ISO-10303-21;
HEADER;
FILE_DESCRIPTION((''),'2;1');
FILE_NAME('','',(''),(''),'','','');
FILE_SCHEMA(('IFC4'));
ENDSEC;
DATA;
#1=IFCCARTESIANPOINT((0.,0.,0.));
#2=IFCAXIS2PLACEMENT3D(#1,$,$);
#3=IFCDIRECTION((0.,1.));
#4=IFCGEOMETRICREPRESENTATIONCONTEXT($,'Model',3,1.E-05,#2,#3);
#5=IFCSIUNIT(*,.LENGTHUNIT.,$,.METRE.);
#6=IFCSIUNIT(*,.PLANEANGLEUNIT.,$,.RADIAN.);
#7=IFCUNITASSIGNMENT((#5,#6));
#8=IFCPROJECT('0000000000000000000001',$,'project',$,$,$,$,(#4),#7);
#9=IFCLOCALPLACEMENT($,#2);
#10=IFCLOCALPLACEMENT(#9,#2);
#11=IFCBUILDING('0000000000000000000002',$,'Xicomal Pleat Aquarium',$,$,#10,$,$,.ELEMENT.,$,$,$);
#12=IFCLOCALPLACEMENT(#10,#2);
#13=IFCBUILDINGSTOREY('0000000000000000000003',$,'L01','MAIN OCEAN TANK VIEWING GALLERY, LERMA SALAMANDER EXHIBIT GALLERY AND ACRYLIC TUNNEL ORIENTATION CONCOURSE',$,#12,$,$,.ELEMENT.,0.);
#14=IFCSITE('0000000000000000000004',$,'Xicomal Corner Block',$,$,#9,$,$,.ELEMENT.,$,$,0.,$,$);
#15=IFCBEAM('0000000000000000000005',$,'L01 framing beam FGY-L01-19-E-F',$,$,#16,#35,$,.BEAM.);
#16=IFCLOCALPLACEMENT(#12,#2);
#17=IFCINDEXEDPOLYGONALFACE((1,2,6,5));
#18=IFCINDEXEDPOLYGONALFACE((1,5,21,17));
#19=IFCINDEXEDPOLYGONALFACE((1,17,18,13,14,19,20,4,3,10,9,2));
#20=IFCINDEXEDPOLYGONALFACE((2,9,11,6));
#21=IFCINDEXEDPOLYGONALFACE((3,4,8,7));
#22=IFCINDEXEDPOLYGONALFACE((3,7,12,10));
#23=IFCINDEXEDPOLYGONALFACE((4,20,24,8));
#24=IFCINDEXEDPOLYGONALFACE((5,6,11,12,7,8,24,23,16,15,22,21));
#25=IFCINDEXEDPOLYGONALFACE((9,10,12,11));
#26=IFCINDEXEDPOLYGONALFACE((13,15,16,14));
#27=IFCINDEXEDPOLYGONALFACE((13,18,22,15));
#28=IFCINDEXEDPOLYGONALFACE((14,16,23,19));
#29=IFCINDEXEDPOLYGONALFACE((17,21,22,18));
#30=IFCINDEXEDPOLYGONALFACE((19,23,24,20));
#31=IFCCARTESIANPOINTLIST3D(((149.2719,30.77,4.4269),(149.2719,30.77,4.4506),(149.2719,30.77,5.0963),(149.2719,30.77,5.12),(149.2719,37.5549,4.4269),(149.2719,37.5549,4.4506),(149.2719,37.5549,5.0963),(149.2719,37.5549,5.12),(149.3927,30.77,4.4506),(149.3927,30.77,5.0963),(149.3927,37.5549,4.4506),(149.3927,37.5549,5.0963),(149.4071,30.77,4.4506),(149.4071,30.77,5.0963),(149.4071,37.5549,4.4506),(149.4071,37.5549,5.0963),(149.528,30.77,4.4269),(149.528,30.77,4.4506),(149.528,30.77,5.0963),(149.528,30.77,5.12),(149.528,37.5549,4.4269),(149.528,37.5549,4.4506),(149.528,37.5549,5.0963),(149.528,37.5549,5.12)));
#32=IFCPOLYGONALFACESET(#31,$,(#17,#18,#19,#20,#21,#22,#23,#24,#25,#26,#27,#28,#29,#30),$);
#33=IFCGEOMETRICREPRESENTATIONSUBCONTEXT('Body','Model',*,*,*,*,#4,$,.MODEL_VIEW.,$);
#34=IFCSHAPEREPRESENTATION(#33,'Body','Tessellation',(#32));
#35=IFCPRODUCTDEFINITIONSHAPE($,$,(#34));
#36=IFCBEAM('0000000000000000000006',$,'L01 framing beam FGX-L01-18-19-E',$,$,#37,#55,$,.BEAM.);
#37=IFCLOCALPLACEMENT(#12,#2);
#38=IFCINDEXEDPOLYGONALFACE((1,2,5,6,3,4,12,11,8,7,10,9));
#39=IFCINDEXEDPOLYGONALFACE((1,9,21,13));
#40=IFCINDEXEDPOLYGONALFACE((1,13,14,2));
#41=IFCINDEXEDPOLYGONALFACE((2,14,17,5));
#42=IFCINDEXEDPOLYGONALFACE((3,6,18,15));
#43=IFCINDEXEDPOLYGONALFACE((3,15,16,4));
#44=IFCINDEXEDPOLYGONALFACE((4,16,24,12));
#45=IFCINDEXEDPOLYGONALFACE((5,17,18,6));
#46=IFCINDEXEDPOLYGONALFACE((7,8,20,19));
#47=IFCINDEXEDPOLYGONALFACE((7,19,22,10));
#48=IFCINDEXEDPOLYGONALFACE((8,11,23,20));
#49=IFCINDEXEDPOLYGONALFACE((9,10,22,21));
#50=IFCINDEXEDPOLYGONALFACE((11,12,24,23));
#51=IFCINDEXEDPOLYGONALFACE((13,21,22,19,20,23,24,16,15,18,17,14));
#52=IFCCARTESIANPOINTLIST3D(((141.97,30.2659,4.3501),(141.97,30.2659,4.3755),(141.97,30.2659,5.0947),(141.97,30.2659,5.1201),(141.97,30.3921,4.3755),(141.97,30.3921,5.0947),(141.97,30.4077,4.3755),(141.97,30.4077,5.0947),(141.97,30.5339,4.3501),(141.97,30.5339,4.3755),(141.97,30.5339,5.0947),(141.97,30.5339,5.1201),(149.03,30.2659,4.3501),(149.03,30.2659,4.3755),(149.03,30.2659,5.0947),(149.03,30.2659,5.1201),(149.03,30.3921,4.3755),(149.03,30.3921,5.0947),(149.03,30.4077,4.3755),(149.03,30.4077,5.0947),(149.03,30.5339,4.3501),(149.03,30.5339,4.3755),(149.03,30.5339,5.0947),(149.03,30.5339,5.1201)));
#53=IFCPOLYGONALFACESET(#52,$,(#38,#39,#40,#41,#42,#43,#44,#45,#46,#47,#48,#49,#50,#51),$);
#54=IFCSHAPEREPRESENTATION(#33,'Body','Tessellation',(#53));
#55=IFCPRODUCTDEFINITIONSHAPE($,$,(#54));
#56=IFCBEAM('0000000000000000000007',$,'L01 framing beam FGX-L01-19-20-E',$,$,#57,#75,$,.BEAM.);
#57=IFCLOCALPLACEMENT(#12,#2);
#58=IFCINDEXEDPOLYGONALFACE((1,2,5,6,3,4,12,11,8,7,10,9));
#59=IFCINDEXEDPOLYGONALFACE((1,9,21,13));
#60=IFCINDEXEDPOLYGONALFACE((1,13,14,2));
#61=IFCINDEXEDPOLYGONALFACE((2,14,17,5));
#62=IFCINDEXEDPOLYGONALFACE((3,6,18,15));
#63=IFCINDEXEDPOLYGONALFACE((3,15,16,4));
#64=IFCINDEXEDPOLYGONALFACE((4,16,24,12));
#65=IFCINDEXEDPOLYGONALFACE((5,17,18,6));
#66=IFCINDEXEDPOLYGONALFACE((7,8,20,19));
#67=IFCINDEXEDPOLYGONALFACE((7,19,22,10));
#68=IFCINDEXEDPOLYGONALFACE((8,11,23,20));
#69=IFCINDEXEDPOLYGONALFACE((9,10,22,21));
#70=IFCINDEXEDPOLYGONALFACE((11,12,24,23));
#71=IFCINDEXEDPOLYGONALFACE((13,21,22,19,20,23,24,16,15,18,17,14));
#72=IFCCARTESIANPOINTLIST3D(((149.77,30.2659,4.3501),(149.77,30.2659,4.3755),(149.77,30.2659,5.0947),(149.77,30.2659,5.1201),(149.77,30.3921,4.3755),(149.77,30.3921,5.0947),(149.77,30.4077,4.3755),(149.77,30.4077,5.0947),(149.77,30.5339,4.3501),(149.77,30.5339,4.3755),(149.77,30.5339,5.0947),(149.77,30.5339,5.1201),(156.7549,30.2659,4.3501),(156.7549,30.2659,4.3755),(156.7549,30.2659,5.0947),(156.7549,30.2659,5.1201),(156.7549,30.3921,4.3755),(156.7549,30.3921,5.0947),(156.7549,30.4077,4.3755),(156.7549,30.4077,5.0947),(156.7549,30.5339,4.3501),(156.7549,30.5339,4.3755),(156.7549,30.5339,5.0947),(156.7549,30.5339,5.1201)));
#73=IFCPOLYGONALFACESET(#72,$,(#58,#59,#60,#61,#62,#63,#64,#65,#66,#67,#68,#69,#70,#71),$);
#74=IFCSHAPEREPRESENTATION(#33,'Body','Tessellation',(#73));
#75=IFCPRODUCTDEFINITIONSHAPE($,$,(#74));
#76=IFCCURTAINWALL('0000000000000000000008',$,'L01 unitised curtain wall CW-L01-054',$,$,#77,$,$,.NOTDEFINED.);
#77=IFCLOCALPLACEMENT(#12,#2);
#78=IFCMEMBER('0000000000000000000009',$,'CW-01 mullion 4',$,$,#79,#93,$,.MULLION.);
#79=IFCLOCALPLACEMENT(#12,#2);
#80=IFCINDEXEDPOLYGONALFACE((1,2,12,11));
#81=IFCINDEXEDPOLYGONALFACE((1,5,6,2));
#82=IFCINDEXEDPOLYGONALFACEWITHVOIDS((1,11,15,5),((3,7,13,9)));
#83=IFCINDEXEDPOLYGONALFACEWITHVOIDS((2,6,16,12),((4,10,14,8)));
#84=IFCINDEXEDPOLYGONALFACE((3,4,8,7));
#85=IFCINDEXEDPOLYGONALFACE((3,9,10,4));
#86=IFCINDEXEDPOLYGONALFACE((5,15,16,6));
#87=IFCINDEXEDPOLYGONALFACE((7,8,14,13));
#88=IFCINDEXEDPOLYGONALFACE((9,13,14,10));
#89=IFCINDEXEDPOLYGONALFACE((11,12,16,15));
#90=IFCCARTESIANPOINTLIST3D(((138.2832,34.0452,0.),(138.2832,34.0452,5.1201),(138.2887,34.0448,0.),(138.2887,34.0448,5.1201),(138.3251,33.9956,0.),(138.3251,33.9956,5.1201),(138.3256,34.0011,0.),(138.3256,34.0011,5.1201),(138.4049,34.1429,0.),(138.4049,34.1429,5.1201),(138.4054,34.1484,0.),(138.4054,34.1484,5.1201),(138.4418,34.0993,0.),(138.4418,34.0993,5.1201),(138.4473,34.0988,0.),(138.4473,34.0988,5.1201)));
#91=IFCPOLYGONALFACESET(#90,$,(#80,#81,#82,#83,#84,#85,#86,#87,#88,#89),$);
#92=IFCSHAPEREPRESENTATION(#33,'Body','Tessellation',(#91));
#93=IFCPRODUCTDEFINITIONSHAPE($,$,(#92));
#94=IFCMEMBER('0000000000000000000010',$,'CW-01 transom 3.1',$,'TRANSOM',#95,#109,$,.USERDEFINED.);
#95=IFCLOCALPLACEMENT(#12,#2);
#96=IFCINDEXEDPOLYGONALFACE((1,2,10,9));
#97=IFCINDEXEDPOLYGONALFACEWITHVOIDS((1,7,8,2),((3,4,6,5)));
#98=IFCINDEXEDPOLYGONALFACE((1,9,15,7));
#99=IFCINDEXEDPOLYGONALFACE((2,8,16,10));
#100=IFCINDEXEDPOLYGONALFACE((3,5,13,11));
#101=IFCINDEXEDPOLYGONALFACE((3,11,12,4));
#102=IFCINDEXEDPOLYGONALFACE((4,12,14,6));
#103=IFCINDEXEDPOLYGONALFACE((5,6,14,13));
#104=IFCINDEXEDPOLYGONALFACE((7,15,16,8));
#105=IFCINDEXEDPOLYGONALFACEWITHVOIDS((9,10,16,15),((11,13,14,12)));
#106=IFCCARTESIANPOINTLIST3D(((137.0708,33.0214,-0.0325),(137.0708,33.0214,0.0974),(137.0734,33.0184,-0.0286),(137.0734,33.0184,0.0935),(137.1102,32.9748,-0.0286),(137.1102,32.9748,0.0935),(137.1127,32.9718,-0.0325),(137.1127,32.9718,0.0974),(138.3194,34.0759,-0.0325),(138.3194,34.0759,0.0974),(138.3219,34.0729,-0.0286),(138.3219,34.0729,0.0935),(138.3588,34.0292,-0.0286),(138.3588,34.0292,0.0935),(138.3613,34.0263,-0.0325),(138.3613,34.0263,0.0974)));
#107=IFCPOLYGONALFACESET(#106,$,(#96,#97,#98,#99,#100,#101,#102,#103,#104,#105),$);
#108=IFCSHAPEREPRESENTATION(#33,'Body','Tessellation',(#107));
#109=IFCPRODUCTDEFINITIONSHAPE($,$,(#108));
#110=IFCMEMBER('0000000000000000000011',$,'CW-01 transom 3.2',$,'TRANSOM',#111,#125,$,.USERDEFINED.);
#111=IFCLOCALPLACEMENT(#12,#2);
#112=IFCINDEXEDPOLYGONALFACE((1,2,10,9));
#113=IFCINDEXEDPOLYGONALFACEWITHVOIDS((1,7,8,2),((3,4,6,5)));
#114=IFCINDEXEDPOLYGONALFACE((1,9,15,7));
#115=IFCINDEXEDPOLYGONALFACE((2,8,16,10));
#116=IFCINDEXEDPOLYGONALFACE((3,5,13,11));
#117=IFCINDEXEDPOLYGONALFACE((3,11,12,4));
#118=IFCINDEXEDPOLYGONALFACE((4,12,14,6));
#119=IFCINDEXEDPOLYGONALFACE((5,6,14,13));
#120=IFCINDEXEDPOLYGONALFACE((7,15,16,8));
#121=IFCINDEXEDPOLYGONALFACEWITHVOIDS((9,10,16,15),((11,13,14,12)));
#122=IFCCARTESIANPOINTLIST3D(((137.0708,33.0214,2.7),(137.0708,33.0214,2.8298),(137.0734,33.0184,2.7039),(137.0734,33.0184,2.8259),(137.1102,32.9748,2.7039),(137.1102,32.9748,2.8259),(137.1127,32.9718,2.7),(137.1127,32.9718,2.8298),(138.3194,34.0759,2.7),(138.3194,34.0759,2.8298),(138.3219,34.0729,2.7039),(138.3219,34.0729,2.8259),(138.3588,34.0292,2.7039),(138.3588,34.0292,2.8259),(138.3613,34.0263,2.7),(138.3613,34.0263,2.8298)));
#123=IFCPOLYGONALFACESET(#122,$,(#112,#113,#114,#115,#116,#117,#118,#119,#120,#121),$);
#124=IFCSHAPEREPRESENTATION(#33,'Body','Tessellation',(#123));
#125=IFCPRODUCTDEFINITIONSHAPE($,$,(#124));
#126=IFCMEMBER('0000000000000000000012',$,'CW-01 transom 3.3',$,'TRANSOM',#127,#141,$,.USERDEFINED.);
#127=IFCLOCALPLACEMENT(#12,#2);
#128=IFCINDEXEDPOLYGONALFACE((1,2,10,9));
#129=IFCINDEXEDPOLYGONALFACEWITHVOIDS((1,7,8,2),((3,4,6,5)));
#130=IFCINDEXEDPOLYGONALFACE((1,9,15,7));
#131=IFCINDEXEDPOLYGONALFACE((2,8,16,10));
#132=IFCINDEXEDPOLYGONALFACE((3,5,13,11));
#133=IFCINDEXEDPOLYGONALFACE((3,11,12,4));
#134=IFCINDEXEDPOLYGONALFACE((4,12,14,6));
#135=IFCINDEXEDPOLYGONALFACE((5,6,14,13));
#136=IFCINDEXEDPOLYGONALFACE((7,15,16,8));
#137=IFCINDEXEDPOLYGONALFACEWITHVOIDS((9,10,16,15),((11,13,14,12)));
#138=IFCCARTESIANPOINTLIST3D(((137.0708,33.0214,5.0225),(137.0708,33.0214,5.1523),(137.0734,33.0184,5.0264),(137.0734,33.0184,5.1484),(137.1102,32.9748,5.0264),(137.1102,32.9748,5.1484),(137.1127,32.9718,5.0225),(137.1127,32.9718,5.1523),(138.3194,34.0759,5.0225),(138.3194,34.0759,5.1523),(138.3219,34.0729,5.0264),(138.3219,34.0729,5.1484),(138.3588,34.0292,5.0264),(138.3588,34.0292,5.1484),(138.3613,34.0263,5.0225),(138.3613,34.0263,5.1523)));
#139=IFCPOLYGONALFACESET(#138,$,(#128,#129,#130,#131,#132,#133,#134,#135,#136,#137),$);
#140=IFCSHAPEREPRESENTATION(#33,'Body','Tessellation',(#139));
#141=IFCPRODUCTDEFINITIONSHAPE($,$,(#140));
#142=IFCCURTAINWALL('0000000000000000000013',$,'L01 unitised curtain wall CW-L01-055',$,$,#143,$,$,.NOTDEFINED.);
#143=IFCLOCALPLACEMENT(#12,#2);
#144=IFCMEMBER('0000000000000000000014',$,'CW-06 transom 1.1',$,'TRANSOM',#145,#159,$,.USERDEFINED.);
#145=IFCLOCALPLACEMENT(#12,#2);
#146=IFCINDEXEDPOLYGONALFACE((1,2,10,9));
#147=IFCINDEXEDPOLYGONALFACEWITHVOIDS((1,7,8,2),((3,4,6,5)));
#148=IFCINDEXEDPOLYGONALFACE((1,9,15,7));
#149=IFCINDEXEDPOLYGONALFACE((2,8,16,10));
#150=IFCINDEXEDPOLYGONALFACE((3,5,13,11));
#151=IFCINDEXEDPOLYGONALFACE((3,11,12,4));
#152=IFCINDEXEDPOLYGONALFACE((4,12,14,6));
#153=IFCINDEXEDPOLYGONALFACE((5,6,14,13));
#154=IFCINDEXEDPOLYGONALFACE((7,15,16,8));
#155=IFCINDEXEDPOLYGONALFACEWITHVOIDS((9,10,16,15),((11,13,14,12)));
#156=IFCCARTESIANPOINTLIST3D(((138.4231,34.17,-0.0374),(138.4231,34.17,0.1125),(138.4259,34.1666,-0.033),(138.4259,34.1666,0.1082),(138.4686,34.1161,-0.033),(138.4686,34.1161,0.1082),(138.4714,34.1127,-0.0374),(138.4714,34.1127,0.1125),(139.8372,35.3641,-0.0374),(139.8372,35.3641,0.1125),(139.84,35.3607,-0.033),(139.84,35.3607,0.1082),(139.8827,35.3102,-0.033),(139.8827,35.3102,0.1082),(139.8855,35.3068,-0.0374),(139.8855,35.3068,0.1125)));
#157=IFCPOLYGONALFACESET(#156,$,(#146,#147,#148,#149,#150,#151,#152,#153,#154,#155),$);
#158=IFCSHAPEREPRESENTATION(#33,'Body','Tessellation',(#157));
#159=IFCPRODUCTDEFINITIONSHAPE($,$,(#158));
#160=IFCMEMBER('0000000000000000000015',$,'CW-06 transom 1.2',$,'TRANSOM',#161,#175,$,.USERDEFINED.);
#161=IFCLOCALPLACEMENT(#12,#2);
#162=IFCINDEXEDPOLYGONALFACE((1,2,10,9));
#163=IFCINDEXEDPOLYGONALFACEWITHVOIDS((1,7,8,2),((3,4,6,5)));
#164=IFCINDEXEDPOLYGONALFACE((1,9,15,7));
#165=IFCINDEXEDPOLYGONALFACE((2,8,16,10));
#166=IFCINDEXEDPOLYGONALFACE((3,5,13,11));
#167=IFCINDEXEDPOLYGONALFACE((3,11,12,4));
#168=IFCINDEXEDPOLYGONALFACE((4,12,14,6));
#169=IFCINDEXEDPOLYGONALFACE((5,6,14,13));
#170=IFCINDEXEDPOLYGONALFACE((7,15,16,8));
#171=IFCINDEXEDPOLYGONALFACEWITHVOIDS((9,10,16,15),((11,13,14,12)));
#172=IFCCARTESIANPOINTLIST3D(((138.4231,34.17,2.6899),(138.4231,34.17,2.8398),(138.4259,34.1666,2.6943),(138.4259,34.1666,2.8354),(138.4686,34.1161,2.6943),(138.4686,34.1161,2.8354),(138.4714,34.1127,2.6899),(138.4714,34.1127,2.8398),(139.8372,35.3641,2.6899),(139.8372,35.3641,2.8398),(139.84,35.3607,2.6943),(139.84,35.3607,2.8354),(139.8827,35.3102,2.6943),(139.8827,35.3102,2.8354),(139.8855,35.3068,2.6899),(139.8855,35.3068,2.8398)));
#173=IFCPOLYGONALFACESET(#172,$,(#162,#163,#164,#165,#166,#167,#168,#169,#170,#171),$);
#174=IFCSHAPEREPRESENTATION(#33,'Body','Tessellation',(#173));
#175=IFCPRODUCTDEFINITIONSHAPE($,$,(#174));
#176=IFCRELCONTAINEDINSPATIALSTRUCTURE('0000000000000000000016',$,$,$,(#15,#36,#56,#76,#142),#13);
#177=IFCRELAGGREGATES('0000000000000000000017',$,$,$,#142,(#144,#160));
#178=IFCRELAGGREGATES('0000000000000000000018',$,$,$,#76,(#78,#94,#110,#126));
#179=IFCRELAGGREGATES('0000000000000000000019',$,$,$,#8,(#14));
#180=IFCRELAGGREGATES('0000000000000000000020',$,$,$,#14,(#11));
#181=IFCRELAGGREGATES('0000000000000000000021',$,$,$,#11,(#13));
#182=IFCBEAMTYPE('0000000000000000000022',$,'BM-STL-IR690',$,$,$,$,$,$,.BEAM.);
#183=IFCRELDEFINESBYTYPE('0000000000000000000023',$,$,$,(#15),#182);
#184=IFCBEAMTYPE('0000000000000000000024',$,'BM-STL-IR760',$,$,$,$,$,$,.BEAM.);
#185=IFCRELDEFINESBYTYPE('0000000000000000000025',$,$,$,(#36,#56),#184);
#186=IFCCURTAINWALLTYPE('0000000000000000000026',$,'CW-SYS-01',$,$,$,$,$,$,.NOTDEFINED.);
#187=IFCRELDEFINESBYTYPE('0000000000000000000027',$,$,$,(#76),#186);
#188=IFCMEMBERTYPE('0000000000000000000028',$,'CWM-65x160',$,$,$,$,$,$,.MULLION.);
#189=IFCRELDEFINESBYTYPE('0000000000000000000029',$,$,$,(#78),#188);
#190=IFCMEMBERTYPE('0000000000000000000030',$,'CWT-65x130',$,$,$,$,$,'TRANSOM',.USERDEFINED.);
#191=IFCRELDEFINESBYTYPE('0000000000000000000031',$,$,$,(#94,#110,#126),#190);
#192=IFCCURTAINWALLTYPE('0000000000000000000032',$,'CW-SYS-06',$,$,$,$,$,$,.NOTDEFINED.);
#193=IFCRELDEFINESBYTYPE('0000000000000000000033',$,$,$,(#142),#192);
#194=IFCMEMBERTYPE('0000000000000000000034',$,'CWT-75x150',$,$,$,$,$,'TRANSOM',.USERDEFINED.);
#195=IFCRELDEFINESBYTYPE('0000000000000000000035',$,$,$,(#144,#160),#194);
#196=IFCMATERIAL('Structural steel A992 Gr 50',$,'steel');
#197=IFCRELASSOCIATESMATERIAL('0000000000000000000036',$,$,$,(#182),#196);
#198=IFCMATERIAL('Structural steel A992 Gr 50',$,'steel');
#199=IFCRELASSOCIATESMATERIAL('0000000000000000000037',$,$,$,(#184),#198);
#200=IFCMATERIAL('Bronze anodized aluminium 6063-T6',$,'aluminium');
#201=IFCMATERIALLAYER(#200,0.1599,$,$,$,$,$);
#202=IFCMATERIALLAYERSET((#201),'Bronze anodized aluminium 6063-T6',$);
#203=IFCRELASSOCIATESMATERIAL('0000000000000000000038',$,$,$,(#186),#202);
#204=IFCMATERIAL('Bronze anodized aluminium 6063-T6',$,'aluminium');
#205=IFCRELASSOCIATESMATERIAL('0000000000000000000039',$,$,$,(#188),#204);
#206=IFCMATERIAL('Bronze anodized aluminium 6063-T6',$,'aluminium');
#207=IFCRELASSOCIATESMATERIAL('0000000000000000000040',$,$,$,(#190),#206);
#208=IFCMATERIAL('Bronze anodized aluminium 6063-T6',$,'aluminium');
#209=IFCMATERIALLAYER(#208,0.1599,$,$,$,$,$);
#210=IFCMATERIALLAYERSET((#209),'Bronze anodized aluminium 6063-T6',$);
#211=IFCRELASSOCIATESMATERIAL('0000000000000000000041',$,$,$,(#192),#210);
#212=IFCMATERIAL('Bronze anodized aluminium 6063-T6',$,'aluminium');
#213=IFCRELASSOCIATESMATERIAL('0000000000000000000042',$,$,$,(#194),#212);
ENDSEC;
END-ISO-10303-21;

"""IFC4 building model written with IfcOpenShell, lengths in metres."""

from ifc_helpers import new_model, si_unit, direction, frame, origin, origin_2d, place, context, subcontext, project, spatial, hollow_rectangle, i_section, extrude, material, layer, layer_set, material_profile, profile_set, type_object, element, aggregate, save


model = new_model("IFC4")

# Units and contexts
model_context = context("Model", 3, precision=1e-05, world=origin(), true_north=direction((0.0, 1.0)))
body_context = subcontext(model_context, "Body", "Model", "MODEL_VIEW")
ifc_project = project(units=[si_unit("LENGTHUNIT", "METRE"), si_unit("PLANEANGLEUNIT", "RADIAN")], contexts=[model_context])

# Site, building, storey
site_placement = place(None, origin())
site = spatial("IfcSite", under=ifc_project, at=site_placement, Name="Xicomal Corner Block", CompositionType="ELEMENT", RefElevation=0.0)
building_placement = place(site_placement, origin())
building = spatial("IfcBuilding", under=site, at=building_placement, Name="Xicomal Pleat Aquarium", CompositionType="ELEMENT")
storey_placement = place(building_placement, origin())
storey = spatial("IfcBuildingStorey", under=building, at=storey_placement, Name="L01", Description="MAIN OCEAN TANK VIEWING GALLERY, LERMA SALAMANDER EXHIBIT GALLERY AND ACRYLIC TUNNEL ORIENTATION CONCOURSE", CompositionType="ELEMENT", Elevation=0.0)

# Beams
ifc_material_1 = material(Name="Structural steel A992 Gr 50", Category="steel")
ifc_material_profile_1 = material_profile(ifc_material_1, i_section(OverallWidth=0.2561, OverallDepth=0.6931, WebThickness=0.0144, FlangeThickness=0.0237, at=origin_2d()), Name="IR 690x170")
ifc_profile_set_1 = profile_set([ifc_material_profile_1], Name="Structural steel A992 Gr 50")
beam_type_1 = type_object("IfcBeamType", Name="BM-STL-IR690", PredefinedType="BEAM", material=ifc_profile_set_1)
for number, where, z_axis, x_axis, name in (
    (1, (149.3999, 30.77, 4.7734), (0.0, 1.0, 0.0), (-1.0, 0.0, 0.0), "L01 framing beam FGY-L01-19-E-F"),
):
    element("IfcBeam", number, at=place(storey_placement, frame(where, z_axis=z_axis, x_axis=x_axis)), inside=storey, type_object=beam_type_1, Name=name, PredefinedType="BEAM", context=body_context, shape_type="SweptSolid", body=[
        extrude(i_section(OverallWidth=0.2561, OverallDepth=0.6931, WebThickness=0.0144, FlangeThickness=0.0237, at=origin_2d()), origin(), (0.0, 0.0, 1.0), 6.7849),
    ])
ifc_material_2 = material(Name="Structural steel A992 Gr 50", Category="steel")
ifc_material_profile_2 = material_profile(ifc_material_2, i_section(OverallWidth=0.2681, OverallDepth=0.77, WebThickness=0.0156, FlangeThickness=0.0254, at=origin_2d()), Name="IR 760x196")
ifc_profile_set_2 = profile_set([ifc_material_profile_2], Name="Structural steel A992 Gr 50")
beam_type_2 = type_object("IfcBeamType", Name="BM-STL-IR760", PredefinedType="BEAM", material=ifc_profile_set_2)
beam_1_placement = place(storey_placement, frame((141.97, 30.3999, 4.7351), z_axis=(1.0, 0.0, 0.0), x_axis=(0.0, 1.0, 0.0)))
element("IfcBeam", 2, at=beam_1_placement, inside=storey, type_object=beam_type_2, Name="L01 framing beam FGX-L01-18-19-E", PredefinedType="BEAM", context=body_context, shape_type="SweptSolid", body=[
    extrude(i_section(OverallWidth=0.2681, OverallDepth=0.77, WebThickness=0.0156, FlangeThickness=0.0254, at=origin_2d()), origin(), (0.0, 0.0, 1.0), 7.0601),
])
beam_2_placement = place(storey_placement, frame((149.77, 30.3999, 4.7351), z_axis=(1.0, 0.0, 0.0), x_axis=(0.0, 1.0, 0.0)))
element("IfcBeam", 3, at=beam_2_placement, inside=storey, type_object=beam_type_2, Name="L01 framing beam FGX-L01-19-20-E", PredefinedType="BEAM", context=body_context, shape_type="SweptSolid", body=[
    extrude(i_section(OverallWidth=0.2681, OverallDepth=0.77, WebThickness=0.0156, FlangeThickness=0.0254, at=origin_2d()), origin(), (0.0, 0.0, 1.0), 6.9849),
])

# Curtain walls, members
ifc_material_3 = material(Name="Bronze anodized aluminium 6063-T6", Category="aluminium")
ifc_layer_1 = layer(ifc_material_3, 0.1599)
ifc_layer_set_1 = layer_set([ifc_layer_1], Name="Bronze anodized aluminium 6063-T6")
curtain_wall_type_1 = type_object("IfcCurtainWallType", Name="CW-SYS-01", PredefinedType="NOTDEFINED", material=ifc_layer_set_1)
curtain_wall_1_placement = place(storey_placement, origin())
curtain_wall_1 = element("IfcCurtainWall", 4, at=curtain_wall_1_placement, inside=storey, type_object=curtain_wall_type_1, Name="L01 unitised curtain wall CW-L01-054", PredefinedType="NOTDEFINED")
ifc_material_4 = material(Name="Bronze anodized aluminium 6063-T6", Category="aluminium")
ifc_material_profile_3 = material_profile(ifc_material_4, hollow_rectangle(XDim=0.0649, YDim=0.1599, WallThickness=0.0039, at=origin_2d()), Name="ALU MULL 65x160")
ifc_profile_set_3 = profile_set([ifc_material_profile_3], Name="Bronze anodized aluminium 6063-T6")
member_type_1 = type_object("IfcMemberType", Name="CWM-65x160", PredefinedType="MULLION", material=ifc_profile_set_3)
member_1_placement = place(storey_placement, frame((138.3652, 34.072, 0.0), z_axis=(0.0, 0.0, 1.0), x_axis=(-0.645226, 0.763992, 0.0)))
member_1 = element("IfcMember", 5, at=member_1_placement, type_object=member_type_1, Name="CW-01 mullion 4", PredefinedType="MULLION", context=body_context, shape_type="SweptSolid", body=[
    extrude(hollow_rectangle(XDim=0.0649, YDim=0.1599, WallThickness=0.0039, at=origin_2d()), origin(), (0.0, 0.0, 1.0), 5.1201),
])
ifc_material_5 = material(Name="Bronze anodized aluminium 6063-T6", Category="aluminium")
ifc_material_profile_4 = material_profile(ifc_material_5, hollow_rectangle(XDim=0.0649, YDim=0.1299, WallThickness=0.0039, at=origin_2d()), Name="ALU TRAN 65x130")
ifc_profile_set_4 = profile_set([ifc_material_profile_4], Name="Bronze anodized aluminium 6063-T6")
member_type_2 = type_object("IfcMemberType", Name="CWT-65x130", ElementType="TRANSOM", PredefinedType="USERDEFINED", material=ifc_profile_set_4)
member_2_placement = place(storey_placement, frame((137.0918, 32.9966, 0.0325), z_axis=(0.763992, 0.645225, 0.0), x_axis=(-0.645225, 0.763992, 0.0)))
member_2 = element("IfcMember", 6, at=member_2_placement, type_object=member_type_2, Name="CW-01 transom 3.1", ObjectType="TRANSOM", PredefinedType="USERDEFINED", context=body_context, shape_type="SweptSolid", body=[
    extrude(hollow_rectangle(XDim=0.0649, YDim=0.1299, WallThickness=0.0039, at=origin_2d()), origin(), (0.0, 0.0, 1.0), 1.6343),
])
member_3_placement = place(storey_placement, frame((137.0918, 32.9966, 2.7649), z_axis=(0.763992, 0.645225, 0.0), x_axis=(-0.645225, 0.763992, 0.0)))
member_3 = element("IfcMember", 7, at=member_3_placement, type_object=member_type_2, Name="CW-01 transom 3.2", ObjectType="TRANSOM", PredefinedType="USERDEFINED", context=body_context, shape_type="SweptSolid", body=[
    extrude(hollow_rectangle(XDim=0.0649, YDim=0.1299, WallThickness=0.0039, at=origin_2d()), origin(), (0.0, 0.0, 1.0), 1.6343),
])
member_4_placement = place(storey_placement, frame((137.0918, 32.9966, 5.0874), z_axis=(0.763992, 0.645225, 0.0), x_axis=(-0.645225, 0.763992, 0.0)))
member_4 = element("IfcMember", 8, at=member_4_placement, type_object=member_type_2, Name="CW-01 transom 3.3", ObjectType="TRANSOM", PredefinedType="USERDEFINED", context=body_context, shape_type="SweptSolid", body=[
    extrude(hollow_rectangle(XDim=0.0649, YDim=0.1299, WallThickness=0.0039, at=origin_2d()), origin(), (0.0, 0.0, 1.0), 1.6343),
])
ifc_material_6 = material(Name="Bronze anodized aluminium 6063-T6", Category="aluminium")
ifc_layer_2 = layer(ifc_material_6, 0.1599)
ifc_layer_set_2 = layer_set([ifc_layer_2], Name="Bronze anodized aluminium 6063-T6")
curtain_wall_type_2 = type_object("IfcCurtainWallType", Name="CW-SYS-06", PredefinedType="NOTDEFINED", material=ifc_layer_set_2)
curtain_wall_2_placement = place(storey_placement, origin())
curtain_wall_2 = element("IfcCurtainWall", 9, at=curtain_wall_2_placement, inside=storey, type_object=curtain_wall_type_2, Name="L01 unitised curtain wall CW-L01-055", PredefinedType="NOTDEFINED")
ifc_material_7 = material(Name="Bronze anodized aluminium 6063-T6", Category="aluminium")
ifc_material_profile_5 = material_profile(ifc_material_7, hollow_rectangle(XDim=0.075, YDim=0.1499, WallThickness=0.0044, at=origin_2d()), Name="ALU TRAN 75x150")
ifc_profile_set_5 = profile_set([ifc_material_profile_5], Name="Bronze anodized aluminium 6063-T6")
member_type_3 = type_object("IfcMemberType", Name="CWT-75x150", ElementType="TRANSOM", PredefinedType="USERDEFINED", material=ifc_profile_set_5)
member_5_placement = place(storey_placement, frame((138.4473, 34.1414, 0.0376), z_axis=(0.764031, 0.645179, 0.0), x_axis=(-0.645179, 0.764031, 0.0)))
member_5 = element("IfcMember", 10, at=member_5_placement, type_object=member_type_3, Name="CW-06 transom 1.1", ObjectType="TRANSOM", PredefinedType="USERDEFINED", context=body_context, shape_type="SweptSolid", body=[
    extrude(hollow_rectangle(XDim=0.075, YDim=0.1499, WallThickness=0.0044, at=origin_2d()), origin(), (0.0, 0.0, 1.0), 1.8508),
])
member_6_placement = place(storey_placement, frame((138.4473, 34.1414, 2.7649), z_axis=(0.764031, 0.645179, 0.0), x_axis=(-0.645179, 0.764031, 0.0)))
member_6 = element("IfcMember", 11, at=member_6_placement, type_object=member_type_3, Name="CW-06 transom 1.2", ObjectType="TRANSOM", PredefinedType="USERDEFINED", context=body_context, shape_type="SweptSolid", body=[
    extrude(hollow_rectangle(XDim=0.075, YDim=0.1499, WallThickness=0.0044, at=origin_2d()), origin(), (0.0, 0.0, 1.0), 1.8508),
])
aggregate(curtain_wall_2, [member_5, member_6])

aggregate(curtain_wall_1, [member_1, member_2, member_3, member_4])

save(model, "model.ifc")
